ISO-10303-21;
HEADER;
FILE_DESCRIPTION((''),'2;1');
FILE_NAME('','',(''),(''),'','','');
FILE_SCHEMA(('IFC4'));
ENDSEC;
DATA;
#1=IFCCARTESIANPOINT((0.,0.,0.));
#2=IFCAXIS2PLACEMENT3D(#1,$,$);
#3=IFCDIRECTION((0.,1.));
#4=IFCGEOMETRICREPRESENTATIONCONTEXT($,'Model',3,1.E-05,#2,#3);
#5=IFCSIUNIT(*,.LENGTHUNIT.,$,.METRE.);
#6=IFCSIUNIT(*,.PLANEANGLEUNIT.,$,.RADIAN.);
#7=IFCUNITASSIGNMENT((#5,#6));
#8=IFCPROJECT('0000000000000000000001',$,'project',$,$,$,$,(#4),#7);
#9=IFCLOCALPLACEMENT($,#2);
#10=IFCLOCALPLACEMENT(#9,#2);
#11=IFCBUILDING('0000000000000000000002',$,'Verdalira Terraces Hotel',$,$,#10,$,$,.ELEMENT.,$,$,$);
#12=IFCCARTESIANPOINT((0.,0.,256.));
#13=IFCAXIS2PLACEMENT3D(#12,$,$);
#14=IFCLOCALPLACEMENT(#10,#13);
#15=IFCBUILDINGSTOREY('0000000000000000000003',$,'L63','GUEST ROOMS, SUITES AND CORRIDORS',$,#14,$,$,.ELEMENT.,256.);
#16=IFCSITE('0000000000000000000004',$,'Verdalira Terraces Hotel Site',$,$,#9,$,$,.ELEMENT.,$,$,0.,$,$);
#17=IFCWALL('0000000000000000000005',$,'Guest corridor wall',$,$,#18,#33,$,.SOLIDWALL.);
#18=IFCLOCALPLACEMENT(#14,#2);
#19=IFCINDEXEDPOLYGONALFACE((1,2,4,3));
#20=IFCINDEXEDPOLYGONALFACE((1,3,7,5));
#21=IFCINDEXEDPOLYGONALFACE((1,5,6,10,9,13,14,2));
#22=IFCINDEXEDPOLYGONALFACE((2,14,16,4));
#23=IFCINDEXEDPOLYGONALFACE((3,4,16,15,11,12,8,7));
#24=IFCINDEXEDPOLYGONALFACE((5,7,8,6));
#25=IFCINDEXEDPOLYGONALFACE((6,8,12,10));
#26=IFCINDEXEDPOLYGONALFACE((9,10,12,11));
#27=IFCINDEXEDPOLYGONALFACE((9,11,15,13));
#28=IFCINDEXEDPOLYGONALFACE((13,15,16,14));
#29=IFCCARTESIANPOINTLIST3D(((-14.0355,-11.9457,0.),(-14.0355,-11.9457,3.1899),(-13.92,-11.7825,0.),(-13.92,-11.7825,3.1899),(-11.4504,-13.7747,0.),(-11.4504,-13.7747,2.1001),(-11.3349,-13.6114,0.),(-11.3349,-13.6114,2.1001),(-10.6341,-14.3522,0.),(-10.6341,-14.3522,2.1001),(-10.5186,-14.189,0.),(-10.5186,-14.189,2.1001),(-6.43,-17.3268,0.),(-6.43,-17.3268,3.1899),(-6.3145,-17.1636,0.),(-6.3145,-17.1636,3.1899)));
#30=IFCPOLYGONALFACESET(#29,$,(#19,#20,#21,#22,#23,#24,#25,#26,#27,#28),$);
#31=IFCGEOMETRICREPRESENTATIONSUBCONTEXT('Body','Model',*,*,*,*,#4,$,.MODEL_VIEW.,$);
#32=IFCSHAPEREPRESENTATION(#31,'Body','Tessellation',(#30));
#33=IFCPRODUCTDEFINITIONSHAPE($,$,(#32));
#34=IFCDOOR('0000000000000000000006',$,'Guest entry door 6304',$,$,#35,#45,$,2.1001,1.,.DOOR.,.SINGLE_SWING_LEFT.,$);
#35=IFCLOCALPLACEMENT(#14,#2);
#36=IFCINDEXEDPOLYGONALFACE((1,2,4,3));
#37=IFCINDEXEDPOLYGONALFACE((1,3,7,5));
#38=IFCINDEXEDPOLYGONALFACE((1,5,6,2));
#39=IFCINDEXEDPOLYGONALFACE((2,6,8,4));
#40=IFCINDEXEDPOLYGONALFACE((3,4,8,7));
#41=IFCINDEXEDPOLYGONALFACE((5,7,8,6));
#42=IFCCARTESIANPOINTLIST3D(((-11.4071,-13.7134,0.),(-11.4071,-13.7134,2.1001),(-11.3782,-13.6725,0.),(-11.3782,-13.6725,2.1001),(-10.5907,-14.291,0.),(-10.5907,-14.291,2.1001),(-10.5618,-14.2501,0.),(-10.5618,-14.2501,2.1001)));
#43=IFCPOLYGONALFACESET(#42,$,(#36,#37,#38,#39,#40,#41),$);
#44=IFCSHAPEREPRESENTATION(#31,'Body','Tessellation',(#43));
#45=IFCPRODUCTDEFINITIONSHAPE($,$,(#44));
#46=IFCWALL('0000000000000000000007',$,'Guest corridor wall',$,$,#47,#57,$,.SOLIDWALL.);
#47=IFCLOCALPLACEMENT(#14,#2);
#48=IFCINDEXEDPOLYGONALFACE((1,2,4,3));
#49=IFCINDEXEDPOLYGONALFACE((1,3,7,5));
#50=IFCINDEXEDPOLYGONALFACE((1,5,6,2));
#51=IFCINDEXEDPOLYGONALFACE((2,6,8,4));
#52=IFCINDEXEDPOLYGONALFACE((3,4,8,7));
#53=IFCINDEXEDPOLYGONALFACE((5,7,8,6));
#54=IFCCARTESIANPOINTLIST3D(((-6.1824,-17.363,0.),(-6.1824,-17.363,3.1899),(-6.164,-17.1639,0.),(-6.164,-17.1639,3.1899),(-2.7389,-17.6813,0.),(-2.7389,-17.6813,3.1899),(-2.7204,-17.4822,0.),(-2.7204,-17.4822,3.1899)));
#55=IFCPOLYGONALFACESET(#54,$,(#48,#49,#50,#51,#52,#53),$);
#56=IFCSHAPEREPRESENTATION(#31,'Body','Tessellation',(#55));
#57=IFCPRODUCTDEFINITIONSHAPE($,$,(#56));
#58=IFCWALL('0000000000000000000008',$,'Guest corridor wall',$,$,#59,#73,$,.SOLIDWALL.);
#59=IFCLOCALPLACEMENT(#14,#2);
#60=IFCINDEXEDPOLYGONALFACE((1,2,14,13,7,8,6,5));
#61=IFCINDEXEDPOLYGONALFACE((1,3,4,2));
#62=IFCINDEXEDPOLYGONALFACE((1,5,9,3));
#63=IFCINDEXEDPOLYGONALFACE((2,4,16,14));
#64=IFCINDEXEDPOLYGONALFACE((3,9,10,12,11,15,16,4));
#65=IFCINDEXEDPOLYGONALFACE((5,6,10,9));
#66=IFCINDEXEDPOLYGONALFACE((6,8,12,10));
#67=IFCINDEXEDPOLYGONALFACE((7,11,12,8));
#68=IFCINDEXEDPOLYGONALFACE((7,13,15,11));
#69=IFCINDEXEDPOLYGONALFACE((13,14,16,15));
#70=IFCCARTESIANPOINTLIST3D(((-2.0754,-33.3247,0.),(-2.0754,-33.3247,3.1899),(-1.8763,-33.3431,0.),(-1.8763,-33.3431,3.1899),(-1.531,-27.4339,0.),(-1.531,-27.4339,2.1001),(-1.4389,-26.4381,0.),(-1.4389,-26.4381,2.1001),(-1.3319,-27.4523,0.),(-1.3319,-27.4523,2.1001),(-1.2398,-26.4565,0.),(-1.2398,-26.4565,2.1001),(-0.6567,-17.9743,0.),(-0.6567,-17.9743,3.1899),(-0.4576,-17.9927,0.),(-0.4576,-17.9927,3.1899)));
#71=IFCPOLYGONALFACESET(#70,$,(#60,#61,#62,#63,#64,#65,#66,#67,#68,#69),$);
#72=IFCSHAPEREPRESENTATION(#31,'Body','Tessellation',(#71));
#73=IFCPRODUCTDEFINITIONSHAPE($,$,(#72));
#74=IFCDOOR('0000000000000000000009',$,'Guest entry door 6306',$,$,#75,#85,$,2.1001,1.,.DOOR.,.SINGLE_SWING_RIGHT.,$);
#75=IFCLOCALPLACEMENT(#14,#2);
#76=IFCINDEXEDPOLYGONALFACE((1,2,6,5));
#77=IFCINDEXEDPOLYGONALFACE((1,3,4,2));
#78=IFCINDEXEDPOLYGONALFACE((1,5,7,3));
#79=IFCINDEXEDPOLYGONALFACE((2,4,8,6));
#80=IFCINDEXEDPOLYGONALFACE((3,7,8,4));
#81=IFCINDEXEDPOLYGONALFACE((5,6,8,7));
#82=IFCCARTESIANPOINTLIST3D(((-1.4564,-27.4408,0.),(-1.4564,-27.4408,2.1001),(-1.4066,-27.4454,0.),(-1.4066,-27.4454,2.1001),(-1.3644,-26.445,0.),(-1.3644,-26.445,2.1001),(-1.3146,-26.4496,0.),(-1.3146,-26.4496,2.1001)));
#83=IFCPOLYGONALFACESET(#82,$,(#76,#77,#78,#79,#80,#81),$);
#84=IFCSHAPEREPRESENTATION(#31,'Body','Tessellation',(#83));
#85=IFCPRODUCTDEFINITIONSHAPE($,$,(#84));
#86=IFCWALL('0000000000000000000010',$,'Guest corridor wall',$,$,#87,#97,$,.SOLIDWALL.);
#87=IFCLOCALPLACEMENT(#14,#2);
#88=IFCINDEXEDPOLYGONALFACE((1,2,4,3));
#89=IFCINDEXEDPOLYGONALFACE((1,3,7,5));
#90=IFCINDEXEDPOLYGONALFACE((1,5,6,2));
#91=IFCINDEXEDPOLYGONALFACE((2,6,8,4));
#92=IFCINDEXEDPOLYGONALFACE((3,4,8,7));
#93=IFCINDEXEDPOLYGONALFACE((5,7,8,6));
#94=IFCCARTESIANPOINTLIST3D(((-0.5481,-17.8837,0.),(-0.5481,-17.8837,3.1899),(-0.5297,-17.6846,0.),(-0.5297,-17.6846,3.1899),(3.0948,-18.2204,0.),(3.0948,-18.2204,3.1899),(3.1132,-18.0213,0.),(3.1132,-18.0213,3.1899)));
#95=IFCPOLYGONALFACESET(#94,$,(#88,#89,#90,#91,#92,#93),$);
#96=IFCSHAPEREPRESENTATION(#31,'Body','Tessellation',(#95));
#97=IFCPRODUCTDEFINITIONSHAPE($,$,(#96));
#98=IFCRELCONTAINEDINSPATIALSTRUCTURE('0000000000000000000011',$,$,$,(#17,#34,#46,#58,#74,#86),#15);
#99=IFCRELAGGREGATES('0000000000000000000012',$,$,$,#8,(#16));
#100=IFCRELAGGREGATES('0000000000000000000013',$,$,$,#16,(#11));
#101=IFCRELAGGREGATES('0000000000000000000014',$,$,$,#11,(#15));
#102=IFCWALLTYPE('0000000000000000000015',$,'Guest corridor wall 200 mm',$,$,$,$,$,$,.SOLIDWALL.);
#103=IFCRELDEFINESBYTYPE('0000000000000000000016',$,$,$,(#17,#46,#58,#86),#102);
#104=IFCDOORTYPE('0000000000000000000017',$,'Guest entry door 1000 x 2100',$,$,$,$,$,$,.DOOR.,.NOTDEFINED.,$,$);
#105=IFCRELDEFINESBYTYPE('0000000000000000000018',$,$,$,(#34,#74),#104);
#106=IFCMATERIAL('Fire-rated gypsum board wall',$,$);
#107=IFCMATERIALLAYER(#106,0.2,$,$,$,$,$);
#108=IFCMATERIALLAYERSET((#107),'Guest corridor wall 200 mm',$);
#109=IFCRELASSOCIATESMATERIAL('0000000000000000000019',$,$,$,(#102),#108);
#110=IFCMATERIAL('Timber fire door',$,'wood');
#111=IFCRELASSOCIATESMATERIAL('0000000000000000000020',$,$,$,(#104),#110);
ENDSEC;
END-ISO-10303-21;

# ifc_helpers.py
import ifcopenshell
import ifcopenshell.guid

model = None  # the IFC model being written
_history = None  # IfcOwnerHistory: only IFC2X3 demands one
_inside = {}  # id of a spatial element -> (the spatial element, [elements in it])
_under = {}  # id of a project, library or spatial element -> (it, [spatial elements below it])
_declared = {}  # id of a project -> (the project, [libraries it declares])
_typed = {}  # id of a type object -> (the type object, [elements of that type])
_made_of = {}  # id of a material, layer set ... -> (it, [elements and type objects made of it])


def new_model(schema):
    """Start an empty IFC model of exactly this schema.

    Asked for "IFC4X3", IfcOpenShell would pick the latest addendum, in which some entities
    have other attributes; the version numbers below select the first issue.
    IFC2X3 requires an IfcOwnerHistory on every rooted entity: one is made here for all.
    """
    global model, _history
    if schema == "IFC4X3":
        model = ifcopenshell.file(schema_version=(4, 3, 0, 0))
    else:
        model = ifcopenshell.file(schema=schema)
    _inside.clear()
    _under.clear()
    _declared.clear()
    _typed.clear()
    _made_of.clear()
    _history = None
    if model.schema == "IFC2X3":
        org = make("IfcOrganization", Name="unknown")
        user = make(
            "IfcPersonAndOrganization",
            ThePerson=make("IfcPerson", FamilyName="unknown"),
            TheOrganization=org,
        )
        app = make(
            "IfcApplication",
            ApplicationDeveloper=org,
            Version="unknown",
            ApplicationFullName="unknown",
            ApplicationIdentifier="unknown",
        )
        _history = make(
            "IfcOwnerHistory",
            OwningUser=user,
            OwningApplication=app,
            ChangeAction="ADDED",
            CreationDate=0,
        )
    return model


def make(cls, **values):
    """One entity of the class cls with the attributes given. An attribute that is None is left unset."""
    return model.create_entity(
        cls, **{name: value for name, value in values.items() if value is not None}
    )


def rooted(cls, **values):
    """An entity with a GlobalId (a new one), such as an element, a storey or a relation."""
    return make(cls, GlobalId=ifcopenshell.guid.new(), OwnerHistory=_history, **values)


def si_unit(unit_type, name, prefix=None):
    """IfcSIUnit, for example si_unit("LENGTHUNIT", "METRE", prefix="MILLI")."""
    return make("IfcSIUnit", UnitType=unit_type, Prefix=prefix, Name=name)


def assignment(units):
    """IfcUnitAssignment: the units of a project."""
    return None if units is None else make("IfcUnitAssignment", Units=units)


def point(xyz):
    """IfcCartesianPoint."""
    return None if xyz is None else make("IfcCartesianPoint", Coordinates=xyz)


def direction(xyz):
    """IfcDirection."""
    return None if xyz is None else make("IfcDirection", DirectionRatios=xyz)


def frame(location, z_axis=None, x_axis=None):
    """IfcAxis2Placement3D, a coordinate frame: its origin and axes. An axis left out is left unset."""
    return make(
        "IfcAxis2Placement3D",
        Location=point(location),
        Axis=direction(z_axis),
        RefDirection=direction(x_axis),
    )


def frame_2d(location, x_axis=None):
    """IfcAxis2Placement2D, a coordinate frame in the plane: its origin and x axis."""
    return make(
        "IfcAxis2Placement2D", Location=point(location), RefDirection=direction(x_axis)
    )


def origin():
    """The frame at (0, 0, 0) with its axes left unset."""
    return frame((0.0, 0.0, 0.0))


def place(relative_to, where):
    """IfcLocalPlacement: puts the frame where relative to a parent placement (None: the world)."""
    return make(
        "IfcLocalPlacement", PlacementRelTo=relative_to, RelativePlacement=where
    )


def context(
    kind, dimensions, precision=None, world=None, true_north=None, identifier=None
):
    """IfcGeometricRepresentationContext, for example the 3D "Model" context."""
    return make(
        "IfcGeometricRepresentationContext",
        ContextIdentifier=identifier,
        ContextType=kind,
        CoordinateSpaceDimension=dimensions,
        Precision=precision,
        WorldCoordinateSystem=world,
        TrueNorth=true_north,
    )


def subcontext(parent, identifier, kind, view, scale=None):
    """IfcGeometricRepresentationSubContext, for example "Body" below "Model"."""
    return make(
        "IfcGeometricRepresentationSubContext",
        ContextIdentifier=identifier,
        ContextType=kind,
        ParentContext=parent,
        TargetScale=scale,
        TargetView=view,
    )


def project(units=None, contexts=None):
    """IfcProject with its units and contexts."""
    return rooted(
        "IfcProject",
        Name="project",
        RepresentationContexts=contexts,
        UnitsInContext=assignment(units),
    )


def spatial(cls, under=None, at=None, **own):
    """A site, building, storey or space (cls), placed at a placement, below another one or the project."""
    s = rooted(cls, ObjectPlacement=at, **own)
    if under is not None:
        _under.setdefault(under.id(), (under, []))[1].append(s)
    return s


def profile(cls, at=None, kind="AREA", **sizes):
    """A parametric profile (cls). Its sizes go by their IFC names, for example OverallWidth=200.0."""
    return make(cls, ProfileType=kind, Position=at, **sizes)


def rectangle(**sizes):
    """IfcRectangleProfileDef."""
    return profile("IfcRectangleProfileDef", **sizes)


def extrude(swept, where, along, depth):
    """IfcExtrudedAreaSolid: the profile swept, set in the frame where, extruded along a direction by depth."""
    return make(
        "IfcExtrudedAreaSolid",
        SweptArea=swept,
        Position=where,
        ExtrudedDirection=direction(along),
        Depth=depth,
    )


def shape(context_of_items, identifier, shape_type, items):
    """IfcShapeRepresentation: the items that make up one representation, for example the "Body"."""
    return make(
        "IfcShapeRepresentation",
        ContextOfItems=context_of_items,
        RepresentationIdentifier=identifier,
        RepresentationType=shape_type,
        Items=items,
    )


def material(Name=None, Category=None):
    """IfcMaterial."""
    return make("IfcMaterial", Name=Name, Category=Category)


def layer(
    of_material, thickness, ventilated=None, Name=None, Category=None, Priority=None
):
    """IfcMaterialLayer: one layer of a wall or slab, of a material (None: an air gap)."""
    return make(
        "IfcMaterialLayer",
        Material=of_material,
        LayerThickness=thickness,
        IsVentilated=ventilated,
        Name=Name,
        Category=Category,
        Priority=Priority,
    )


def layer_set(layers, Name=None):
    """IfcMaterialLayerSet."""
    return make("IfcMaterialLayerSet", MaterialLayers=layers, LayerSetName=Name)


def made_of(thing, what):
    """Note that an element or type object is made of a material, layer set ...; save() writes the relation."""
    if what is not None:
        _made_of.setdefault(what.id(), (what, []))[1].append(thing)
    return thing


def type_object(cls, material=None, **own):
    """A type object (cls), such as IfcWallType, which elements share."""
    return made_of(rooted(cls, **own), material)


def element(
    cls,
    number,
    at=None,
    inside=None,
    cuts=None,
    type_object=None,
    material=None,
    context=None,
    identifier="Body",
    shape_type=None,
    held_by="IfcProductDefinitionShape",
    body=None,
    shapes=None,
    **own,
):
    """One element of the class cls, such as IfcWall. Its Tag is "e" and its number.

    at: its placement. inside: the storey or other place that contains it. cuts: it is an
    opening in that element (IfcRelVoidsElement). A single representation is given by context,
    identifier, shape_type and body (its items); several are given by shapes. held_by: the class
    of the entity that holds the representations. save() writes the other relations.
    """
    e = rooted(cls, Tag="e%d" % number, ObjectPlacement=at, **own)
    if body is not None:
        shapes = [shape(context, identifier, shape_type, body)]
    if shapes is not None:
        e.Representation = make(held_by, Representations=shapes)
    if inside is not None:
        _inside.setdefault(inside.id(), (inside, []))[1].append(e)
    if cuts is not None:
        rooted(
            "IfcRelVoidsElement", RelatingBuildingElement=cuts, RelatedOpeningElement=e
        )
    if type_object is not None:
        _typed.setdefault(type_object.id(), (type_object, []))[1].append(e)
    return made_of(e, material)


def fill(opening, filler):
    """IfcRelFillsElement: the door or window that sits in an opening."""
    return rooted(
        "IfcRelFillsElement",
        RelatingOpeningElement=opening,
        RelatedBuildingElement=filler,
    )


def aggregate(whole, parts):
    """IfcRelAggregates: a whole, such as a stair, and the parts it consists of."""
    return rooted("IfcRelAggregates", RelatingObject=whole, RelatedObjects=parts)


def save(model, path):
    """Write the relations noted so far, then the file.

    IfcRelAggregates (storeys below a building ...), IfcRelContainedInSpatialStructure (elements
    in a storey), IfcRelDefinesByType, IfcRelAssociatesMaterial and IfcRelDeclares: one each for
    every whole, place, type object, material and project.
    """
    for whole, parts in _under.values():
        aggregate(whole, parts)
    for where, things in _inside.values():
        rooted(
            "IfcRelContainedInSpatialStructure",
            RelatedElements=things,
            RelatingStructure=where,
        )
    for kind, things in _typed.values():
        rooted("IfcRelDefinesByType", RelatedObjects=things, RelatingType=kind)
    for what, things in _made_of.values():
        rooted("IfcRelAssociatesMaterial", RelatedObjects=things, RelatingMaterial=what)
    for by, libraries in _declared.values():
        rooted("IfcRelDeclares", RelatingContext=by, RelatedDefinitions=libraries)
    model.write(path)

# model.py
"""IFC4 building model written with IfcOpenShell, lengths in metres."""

from ifc_helpers import new_model, si_unit, direction, frame, frame_2d, origin, place, context, subcontext, project, spatial, rectangle, extrude, material, layer, layer_set, type_object, element, fill, save


model = new_model("IFC4")

# Units and contexts
model_context = context("Model", 3, precision=1e-05, world=origin(), true_north=direction((0.0, 1.0)))
body_context = subcontext(model_context, "Body", "Model", "MODEL_VIEW")
ifc_project = project(units=[si_unit("LENGTHUNIT", "METRE"), si_unit("PLANEANGLEUNIT", "RADIAN")], contexts=[model_context])

# Site, building, storey
site_placement = place(None, origin())
site = spatial("IfcSite", under=ifc_project, at=site_placement, Name="Verdalira Terraces Hotel Site", CompositionType="ELEMENT", RefElevation=0.0)
building_placement = place(site_placement, origin())
building = spatial("IfcBuilding", under=site, at=building_placement, Name="Verdalira Terraces Hotel", CompositionType="ELEMENT")
storey_placement = place(building_placement, frame((0.0, 0.0, 256.0)))
storey = spatial("IfcBuildingStorey", under=building, at=storey_placement, Name="L63", Description="GUEST ROOMS, SUITES AND CORRIDORS", CompositionType="ELEMENT", Elevation=256.0)

# Wall, opening, door
ifc_material_1 = material(Name="Fire-rated gypsum board wall")
ifc_layer_1 = layer(ifc_material_1, 0.2)
ifc_layer_set_1 = layer_set([ifc_layer_1], Name="Guest corridor wall 200 mm")
wall_type_1 = type_object("IfcWallType", Name="Guest corridor wall 200 mm", PredefinedType="SOLIDWALL", material=ifc_layer_set_1)
wall_1_placement = place(storey_placement, frame((-6.3723, -17.2451, 0.0), z_axis=(0.0, 0.0, 1.0), x_axis=(-0.816333, 0.577581, 0.0)))
wall_1 = element("IfcWall", 1, at=wall_1_placement, inside=storey, type_object=wall_type_1, Name="Guest corridor wall", PredefinedType="SOLIDWALL", context=body_context, shape_type="SweptSolid", body=[
    extrude(rectangle(XDim=9.3166, YDim=0.2, at=frame_2d((4.6582, 0.0))), origin(), (0.0, 0.0, 1.0), 3.1899),
])
opening_1_placement = place(wall_1_placement, frame((5.1499, 0.0, 0.0)))
opening_1 = element("IfcOpeningElement", 2, at=opening_1_placement, cuts=wall_1, PredefinedType="OPENING", context=body_context, shape_type="SweptSolid", body=[
    extrude(rectangle(XDim=1.0, YDim=2.1001, at=frame_2d((0.5, 1.05))), frame((0.0, 0.1099, 0.0), z_axis=(0.0, -1.0, 0.0), x_axis=(1.0, 0.0, 0.0)), (0.0, 0.0, 1.0), 0.22),
])
ifc_material_2 = material(Name="Timber fire door", Category="wood")
door_type_1 = type_object("IfcDoorType", Name="Guest entry door 1000 x 2100", OperationType="NOTDEFINED", PredefinedType="DOOR", material=ifc_material_2)
door_1_placement = place(opening_1_placement, origin())
door_1 = element("IfcDoor", 3, at=door_1_placement, inside=storey, type_object=door_type_1, Name="Guest entry door 6304", OperationType="SINGLE_SWING_LEFT", OverallHeight=2.1001, OverallWidth=1.0, PredefinedType="DOOR", context=body_context, shape_type="SweptSolid", body=[
    extrude(rectangle(XDim=1.0, YDim=2.1001, at=frame_2d((0.5, 1.05))), frame((0.0, 0.0249, 0.0), z_axis=(0.0, -1.0, 0.0), x_axis=(1.0, 0.0, 0.0)), (0.0, 0.0, 1.0), 0.05),
])
fill(opening_1, door_1)

# Wall
wall_2_placement = place(storey_placement, frame((-6.1731, -17.2634, 0.0), z_axis=(0.0, 0.0, 1.0), x_axis=(0.995754, -0.092057, 0.0)))
element("IfcWall", 4, at=wall_2_placement, inside=storey, type_object=wall_type_1, Name="Guest corridor wall", PredefinedType="SOLIDWALL", context=body_context, shape_type="SweptSolid", body=[
    extrude(rectangle(XDim=3.4583, YDim=0.2, at=frame_2d((1.729, 0.0))), origin(), (0.0, 0.0, 1.0), 3.1899),
])

# Wall, opening, door
wall_3_placement = place(storey_placement, frame((-0.5571, -17.9834, 0.0), z_axis=(0.0, 0.0, 1.0), x_axis=(-0.092029, -0.995756, 0.0)))
wall_3 = element("IfcWall", 5, at=wall_3_placement, inside=storey, type_object=wall_type_1, Name="Guest corridor wall", PredefinedType="SOLIDWALL", context=body_context, shape_type="SweptSolid", body=[
    extrude(rectangle(XDim=15.4158, YDim=0.2, at=frame_2d((7.708, 0.0))), origin(), (0.0, 0.0, 1.0), 3.1899),
])
opening_2_placement = place(wall_3_placement, frame((8.5, 0.0, 0.0)))
opening_2 = element("IfcOpeningElement", 6, at=opening_2_placement, cuts=wall_3, PredefinedType="OPENING", context=body_context, shape_type="SweptSolid", body=[
    extrude(rectangle(XDim=1.0, YDim=2.1001, at=frame_2d((0.5, 1.05))), frame((0.0, 0.1099, 0.0), z_axis=(0.0, -1.0, 0.0), x_axis=(1.0, 0.0, 0.0)), (0.0, 0.0, 1.0), 0.22),
])
door_2_placement = place(opening_2_placement, origin())
door_2 = element("IfcDoor", 7, at=door_2_placement, inside=storey, type_object=door_type_1, Name="Guest entry door 6306", OperationType="SINGLE_SWING_RIGHT", OverallHeight=2.1001, OverallWidth=1.0, PredefinedType="DOOR", context=body_context, shape_type="SweptSolid", body=[
    extrude(rectangle(XDim=1.0, YDim=2.1001, at=frame_2d((0.5, 1.05))), frame((0.0, 0.0249, 0.0), z_axis=(0.0, -1.0, 0.0), x_axis=(1.0, 0.0, 0.0)), (0.0, 0.0, 1.0), 0.05),
])
fill(opening_2, door_2)

# Wall
wall_4_placement = place(storey_placement, frame((-0.5388, -17.7842, 0.0), z_axis=(0.0, 0.0, 1.0), x_axis=(0.995756, -0.092028, 0.0)))
element("IfcWall", 8, at=wall_4_placement, inside=storey, type_object=wall_type_1, Name="Guest corridor wall", PredefinedType="SOLIDWALL", context=body_context, shape_type="SweptSolid", body=[
    extrude(rectangle(XDim=3.6584, YDim=0.2, at=frame_2d((1.8291, 0.0))), origin(), (0.0, 0.0, 1.0), 3.1899),
])

save(model, "model.ifc")
